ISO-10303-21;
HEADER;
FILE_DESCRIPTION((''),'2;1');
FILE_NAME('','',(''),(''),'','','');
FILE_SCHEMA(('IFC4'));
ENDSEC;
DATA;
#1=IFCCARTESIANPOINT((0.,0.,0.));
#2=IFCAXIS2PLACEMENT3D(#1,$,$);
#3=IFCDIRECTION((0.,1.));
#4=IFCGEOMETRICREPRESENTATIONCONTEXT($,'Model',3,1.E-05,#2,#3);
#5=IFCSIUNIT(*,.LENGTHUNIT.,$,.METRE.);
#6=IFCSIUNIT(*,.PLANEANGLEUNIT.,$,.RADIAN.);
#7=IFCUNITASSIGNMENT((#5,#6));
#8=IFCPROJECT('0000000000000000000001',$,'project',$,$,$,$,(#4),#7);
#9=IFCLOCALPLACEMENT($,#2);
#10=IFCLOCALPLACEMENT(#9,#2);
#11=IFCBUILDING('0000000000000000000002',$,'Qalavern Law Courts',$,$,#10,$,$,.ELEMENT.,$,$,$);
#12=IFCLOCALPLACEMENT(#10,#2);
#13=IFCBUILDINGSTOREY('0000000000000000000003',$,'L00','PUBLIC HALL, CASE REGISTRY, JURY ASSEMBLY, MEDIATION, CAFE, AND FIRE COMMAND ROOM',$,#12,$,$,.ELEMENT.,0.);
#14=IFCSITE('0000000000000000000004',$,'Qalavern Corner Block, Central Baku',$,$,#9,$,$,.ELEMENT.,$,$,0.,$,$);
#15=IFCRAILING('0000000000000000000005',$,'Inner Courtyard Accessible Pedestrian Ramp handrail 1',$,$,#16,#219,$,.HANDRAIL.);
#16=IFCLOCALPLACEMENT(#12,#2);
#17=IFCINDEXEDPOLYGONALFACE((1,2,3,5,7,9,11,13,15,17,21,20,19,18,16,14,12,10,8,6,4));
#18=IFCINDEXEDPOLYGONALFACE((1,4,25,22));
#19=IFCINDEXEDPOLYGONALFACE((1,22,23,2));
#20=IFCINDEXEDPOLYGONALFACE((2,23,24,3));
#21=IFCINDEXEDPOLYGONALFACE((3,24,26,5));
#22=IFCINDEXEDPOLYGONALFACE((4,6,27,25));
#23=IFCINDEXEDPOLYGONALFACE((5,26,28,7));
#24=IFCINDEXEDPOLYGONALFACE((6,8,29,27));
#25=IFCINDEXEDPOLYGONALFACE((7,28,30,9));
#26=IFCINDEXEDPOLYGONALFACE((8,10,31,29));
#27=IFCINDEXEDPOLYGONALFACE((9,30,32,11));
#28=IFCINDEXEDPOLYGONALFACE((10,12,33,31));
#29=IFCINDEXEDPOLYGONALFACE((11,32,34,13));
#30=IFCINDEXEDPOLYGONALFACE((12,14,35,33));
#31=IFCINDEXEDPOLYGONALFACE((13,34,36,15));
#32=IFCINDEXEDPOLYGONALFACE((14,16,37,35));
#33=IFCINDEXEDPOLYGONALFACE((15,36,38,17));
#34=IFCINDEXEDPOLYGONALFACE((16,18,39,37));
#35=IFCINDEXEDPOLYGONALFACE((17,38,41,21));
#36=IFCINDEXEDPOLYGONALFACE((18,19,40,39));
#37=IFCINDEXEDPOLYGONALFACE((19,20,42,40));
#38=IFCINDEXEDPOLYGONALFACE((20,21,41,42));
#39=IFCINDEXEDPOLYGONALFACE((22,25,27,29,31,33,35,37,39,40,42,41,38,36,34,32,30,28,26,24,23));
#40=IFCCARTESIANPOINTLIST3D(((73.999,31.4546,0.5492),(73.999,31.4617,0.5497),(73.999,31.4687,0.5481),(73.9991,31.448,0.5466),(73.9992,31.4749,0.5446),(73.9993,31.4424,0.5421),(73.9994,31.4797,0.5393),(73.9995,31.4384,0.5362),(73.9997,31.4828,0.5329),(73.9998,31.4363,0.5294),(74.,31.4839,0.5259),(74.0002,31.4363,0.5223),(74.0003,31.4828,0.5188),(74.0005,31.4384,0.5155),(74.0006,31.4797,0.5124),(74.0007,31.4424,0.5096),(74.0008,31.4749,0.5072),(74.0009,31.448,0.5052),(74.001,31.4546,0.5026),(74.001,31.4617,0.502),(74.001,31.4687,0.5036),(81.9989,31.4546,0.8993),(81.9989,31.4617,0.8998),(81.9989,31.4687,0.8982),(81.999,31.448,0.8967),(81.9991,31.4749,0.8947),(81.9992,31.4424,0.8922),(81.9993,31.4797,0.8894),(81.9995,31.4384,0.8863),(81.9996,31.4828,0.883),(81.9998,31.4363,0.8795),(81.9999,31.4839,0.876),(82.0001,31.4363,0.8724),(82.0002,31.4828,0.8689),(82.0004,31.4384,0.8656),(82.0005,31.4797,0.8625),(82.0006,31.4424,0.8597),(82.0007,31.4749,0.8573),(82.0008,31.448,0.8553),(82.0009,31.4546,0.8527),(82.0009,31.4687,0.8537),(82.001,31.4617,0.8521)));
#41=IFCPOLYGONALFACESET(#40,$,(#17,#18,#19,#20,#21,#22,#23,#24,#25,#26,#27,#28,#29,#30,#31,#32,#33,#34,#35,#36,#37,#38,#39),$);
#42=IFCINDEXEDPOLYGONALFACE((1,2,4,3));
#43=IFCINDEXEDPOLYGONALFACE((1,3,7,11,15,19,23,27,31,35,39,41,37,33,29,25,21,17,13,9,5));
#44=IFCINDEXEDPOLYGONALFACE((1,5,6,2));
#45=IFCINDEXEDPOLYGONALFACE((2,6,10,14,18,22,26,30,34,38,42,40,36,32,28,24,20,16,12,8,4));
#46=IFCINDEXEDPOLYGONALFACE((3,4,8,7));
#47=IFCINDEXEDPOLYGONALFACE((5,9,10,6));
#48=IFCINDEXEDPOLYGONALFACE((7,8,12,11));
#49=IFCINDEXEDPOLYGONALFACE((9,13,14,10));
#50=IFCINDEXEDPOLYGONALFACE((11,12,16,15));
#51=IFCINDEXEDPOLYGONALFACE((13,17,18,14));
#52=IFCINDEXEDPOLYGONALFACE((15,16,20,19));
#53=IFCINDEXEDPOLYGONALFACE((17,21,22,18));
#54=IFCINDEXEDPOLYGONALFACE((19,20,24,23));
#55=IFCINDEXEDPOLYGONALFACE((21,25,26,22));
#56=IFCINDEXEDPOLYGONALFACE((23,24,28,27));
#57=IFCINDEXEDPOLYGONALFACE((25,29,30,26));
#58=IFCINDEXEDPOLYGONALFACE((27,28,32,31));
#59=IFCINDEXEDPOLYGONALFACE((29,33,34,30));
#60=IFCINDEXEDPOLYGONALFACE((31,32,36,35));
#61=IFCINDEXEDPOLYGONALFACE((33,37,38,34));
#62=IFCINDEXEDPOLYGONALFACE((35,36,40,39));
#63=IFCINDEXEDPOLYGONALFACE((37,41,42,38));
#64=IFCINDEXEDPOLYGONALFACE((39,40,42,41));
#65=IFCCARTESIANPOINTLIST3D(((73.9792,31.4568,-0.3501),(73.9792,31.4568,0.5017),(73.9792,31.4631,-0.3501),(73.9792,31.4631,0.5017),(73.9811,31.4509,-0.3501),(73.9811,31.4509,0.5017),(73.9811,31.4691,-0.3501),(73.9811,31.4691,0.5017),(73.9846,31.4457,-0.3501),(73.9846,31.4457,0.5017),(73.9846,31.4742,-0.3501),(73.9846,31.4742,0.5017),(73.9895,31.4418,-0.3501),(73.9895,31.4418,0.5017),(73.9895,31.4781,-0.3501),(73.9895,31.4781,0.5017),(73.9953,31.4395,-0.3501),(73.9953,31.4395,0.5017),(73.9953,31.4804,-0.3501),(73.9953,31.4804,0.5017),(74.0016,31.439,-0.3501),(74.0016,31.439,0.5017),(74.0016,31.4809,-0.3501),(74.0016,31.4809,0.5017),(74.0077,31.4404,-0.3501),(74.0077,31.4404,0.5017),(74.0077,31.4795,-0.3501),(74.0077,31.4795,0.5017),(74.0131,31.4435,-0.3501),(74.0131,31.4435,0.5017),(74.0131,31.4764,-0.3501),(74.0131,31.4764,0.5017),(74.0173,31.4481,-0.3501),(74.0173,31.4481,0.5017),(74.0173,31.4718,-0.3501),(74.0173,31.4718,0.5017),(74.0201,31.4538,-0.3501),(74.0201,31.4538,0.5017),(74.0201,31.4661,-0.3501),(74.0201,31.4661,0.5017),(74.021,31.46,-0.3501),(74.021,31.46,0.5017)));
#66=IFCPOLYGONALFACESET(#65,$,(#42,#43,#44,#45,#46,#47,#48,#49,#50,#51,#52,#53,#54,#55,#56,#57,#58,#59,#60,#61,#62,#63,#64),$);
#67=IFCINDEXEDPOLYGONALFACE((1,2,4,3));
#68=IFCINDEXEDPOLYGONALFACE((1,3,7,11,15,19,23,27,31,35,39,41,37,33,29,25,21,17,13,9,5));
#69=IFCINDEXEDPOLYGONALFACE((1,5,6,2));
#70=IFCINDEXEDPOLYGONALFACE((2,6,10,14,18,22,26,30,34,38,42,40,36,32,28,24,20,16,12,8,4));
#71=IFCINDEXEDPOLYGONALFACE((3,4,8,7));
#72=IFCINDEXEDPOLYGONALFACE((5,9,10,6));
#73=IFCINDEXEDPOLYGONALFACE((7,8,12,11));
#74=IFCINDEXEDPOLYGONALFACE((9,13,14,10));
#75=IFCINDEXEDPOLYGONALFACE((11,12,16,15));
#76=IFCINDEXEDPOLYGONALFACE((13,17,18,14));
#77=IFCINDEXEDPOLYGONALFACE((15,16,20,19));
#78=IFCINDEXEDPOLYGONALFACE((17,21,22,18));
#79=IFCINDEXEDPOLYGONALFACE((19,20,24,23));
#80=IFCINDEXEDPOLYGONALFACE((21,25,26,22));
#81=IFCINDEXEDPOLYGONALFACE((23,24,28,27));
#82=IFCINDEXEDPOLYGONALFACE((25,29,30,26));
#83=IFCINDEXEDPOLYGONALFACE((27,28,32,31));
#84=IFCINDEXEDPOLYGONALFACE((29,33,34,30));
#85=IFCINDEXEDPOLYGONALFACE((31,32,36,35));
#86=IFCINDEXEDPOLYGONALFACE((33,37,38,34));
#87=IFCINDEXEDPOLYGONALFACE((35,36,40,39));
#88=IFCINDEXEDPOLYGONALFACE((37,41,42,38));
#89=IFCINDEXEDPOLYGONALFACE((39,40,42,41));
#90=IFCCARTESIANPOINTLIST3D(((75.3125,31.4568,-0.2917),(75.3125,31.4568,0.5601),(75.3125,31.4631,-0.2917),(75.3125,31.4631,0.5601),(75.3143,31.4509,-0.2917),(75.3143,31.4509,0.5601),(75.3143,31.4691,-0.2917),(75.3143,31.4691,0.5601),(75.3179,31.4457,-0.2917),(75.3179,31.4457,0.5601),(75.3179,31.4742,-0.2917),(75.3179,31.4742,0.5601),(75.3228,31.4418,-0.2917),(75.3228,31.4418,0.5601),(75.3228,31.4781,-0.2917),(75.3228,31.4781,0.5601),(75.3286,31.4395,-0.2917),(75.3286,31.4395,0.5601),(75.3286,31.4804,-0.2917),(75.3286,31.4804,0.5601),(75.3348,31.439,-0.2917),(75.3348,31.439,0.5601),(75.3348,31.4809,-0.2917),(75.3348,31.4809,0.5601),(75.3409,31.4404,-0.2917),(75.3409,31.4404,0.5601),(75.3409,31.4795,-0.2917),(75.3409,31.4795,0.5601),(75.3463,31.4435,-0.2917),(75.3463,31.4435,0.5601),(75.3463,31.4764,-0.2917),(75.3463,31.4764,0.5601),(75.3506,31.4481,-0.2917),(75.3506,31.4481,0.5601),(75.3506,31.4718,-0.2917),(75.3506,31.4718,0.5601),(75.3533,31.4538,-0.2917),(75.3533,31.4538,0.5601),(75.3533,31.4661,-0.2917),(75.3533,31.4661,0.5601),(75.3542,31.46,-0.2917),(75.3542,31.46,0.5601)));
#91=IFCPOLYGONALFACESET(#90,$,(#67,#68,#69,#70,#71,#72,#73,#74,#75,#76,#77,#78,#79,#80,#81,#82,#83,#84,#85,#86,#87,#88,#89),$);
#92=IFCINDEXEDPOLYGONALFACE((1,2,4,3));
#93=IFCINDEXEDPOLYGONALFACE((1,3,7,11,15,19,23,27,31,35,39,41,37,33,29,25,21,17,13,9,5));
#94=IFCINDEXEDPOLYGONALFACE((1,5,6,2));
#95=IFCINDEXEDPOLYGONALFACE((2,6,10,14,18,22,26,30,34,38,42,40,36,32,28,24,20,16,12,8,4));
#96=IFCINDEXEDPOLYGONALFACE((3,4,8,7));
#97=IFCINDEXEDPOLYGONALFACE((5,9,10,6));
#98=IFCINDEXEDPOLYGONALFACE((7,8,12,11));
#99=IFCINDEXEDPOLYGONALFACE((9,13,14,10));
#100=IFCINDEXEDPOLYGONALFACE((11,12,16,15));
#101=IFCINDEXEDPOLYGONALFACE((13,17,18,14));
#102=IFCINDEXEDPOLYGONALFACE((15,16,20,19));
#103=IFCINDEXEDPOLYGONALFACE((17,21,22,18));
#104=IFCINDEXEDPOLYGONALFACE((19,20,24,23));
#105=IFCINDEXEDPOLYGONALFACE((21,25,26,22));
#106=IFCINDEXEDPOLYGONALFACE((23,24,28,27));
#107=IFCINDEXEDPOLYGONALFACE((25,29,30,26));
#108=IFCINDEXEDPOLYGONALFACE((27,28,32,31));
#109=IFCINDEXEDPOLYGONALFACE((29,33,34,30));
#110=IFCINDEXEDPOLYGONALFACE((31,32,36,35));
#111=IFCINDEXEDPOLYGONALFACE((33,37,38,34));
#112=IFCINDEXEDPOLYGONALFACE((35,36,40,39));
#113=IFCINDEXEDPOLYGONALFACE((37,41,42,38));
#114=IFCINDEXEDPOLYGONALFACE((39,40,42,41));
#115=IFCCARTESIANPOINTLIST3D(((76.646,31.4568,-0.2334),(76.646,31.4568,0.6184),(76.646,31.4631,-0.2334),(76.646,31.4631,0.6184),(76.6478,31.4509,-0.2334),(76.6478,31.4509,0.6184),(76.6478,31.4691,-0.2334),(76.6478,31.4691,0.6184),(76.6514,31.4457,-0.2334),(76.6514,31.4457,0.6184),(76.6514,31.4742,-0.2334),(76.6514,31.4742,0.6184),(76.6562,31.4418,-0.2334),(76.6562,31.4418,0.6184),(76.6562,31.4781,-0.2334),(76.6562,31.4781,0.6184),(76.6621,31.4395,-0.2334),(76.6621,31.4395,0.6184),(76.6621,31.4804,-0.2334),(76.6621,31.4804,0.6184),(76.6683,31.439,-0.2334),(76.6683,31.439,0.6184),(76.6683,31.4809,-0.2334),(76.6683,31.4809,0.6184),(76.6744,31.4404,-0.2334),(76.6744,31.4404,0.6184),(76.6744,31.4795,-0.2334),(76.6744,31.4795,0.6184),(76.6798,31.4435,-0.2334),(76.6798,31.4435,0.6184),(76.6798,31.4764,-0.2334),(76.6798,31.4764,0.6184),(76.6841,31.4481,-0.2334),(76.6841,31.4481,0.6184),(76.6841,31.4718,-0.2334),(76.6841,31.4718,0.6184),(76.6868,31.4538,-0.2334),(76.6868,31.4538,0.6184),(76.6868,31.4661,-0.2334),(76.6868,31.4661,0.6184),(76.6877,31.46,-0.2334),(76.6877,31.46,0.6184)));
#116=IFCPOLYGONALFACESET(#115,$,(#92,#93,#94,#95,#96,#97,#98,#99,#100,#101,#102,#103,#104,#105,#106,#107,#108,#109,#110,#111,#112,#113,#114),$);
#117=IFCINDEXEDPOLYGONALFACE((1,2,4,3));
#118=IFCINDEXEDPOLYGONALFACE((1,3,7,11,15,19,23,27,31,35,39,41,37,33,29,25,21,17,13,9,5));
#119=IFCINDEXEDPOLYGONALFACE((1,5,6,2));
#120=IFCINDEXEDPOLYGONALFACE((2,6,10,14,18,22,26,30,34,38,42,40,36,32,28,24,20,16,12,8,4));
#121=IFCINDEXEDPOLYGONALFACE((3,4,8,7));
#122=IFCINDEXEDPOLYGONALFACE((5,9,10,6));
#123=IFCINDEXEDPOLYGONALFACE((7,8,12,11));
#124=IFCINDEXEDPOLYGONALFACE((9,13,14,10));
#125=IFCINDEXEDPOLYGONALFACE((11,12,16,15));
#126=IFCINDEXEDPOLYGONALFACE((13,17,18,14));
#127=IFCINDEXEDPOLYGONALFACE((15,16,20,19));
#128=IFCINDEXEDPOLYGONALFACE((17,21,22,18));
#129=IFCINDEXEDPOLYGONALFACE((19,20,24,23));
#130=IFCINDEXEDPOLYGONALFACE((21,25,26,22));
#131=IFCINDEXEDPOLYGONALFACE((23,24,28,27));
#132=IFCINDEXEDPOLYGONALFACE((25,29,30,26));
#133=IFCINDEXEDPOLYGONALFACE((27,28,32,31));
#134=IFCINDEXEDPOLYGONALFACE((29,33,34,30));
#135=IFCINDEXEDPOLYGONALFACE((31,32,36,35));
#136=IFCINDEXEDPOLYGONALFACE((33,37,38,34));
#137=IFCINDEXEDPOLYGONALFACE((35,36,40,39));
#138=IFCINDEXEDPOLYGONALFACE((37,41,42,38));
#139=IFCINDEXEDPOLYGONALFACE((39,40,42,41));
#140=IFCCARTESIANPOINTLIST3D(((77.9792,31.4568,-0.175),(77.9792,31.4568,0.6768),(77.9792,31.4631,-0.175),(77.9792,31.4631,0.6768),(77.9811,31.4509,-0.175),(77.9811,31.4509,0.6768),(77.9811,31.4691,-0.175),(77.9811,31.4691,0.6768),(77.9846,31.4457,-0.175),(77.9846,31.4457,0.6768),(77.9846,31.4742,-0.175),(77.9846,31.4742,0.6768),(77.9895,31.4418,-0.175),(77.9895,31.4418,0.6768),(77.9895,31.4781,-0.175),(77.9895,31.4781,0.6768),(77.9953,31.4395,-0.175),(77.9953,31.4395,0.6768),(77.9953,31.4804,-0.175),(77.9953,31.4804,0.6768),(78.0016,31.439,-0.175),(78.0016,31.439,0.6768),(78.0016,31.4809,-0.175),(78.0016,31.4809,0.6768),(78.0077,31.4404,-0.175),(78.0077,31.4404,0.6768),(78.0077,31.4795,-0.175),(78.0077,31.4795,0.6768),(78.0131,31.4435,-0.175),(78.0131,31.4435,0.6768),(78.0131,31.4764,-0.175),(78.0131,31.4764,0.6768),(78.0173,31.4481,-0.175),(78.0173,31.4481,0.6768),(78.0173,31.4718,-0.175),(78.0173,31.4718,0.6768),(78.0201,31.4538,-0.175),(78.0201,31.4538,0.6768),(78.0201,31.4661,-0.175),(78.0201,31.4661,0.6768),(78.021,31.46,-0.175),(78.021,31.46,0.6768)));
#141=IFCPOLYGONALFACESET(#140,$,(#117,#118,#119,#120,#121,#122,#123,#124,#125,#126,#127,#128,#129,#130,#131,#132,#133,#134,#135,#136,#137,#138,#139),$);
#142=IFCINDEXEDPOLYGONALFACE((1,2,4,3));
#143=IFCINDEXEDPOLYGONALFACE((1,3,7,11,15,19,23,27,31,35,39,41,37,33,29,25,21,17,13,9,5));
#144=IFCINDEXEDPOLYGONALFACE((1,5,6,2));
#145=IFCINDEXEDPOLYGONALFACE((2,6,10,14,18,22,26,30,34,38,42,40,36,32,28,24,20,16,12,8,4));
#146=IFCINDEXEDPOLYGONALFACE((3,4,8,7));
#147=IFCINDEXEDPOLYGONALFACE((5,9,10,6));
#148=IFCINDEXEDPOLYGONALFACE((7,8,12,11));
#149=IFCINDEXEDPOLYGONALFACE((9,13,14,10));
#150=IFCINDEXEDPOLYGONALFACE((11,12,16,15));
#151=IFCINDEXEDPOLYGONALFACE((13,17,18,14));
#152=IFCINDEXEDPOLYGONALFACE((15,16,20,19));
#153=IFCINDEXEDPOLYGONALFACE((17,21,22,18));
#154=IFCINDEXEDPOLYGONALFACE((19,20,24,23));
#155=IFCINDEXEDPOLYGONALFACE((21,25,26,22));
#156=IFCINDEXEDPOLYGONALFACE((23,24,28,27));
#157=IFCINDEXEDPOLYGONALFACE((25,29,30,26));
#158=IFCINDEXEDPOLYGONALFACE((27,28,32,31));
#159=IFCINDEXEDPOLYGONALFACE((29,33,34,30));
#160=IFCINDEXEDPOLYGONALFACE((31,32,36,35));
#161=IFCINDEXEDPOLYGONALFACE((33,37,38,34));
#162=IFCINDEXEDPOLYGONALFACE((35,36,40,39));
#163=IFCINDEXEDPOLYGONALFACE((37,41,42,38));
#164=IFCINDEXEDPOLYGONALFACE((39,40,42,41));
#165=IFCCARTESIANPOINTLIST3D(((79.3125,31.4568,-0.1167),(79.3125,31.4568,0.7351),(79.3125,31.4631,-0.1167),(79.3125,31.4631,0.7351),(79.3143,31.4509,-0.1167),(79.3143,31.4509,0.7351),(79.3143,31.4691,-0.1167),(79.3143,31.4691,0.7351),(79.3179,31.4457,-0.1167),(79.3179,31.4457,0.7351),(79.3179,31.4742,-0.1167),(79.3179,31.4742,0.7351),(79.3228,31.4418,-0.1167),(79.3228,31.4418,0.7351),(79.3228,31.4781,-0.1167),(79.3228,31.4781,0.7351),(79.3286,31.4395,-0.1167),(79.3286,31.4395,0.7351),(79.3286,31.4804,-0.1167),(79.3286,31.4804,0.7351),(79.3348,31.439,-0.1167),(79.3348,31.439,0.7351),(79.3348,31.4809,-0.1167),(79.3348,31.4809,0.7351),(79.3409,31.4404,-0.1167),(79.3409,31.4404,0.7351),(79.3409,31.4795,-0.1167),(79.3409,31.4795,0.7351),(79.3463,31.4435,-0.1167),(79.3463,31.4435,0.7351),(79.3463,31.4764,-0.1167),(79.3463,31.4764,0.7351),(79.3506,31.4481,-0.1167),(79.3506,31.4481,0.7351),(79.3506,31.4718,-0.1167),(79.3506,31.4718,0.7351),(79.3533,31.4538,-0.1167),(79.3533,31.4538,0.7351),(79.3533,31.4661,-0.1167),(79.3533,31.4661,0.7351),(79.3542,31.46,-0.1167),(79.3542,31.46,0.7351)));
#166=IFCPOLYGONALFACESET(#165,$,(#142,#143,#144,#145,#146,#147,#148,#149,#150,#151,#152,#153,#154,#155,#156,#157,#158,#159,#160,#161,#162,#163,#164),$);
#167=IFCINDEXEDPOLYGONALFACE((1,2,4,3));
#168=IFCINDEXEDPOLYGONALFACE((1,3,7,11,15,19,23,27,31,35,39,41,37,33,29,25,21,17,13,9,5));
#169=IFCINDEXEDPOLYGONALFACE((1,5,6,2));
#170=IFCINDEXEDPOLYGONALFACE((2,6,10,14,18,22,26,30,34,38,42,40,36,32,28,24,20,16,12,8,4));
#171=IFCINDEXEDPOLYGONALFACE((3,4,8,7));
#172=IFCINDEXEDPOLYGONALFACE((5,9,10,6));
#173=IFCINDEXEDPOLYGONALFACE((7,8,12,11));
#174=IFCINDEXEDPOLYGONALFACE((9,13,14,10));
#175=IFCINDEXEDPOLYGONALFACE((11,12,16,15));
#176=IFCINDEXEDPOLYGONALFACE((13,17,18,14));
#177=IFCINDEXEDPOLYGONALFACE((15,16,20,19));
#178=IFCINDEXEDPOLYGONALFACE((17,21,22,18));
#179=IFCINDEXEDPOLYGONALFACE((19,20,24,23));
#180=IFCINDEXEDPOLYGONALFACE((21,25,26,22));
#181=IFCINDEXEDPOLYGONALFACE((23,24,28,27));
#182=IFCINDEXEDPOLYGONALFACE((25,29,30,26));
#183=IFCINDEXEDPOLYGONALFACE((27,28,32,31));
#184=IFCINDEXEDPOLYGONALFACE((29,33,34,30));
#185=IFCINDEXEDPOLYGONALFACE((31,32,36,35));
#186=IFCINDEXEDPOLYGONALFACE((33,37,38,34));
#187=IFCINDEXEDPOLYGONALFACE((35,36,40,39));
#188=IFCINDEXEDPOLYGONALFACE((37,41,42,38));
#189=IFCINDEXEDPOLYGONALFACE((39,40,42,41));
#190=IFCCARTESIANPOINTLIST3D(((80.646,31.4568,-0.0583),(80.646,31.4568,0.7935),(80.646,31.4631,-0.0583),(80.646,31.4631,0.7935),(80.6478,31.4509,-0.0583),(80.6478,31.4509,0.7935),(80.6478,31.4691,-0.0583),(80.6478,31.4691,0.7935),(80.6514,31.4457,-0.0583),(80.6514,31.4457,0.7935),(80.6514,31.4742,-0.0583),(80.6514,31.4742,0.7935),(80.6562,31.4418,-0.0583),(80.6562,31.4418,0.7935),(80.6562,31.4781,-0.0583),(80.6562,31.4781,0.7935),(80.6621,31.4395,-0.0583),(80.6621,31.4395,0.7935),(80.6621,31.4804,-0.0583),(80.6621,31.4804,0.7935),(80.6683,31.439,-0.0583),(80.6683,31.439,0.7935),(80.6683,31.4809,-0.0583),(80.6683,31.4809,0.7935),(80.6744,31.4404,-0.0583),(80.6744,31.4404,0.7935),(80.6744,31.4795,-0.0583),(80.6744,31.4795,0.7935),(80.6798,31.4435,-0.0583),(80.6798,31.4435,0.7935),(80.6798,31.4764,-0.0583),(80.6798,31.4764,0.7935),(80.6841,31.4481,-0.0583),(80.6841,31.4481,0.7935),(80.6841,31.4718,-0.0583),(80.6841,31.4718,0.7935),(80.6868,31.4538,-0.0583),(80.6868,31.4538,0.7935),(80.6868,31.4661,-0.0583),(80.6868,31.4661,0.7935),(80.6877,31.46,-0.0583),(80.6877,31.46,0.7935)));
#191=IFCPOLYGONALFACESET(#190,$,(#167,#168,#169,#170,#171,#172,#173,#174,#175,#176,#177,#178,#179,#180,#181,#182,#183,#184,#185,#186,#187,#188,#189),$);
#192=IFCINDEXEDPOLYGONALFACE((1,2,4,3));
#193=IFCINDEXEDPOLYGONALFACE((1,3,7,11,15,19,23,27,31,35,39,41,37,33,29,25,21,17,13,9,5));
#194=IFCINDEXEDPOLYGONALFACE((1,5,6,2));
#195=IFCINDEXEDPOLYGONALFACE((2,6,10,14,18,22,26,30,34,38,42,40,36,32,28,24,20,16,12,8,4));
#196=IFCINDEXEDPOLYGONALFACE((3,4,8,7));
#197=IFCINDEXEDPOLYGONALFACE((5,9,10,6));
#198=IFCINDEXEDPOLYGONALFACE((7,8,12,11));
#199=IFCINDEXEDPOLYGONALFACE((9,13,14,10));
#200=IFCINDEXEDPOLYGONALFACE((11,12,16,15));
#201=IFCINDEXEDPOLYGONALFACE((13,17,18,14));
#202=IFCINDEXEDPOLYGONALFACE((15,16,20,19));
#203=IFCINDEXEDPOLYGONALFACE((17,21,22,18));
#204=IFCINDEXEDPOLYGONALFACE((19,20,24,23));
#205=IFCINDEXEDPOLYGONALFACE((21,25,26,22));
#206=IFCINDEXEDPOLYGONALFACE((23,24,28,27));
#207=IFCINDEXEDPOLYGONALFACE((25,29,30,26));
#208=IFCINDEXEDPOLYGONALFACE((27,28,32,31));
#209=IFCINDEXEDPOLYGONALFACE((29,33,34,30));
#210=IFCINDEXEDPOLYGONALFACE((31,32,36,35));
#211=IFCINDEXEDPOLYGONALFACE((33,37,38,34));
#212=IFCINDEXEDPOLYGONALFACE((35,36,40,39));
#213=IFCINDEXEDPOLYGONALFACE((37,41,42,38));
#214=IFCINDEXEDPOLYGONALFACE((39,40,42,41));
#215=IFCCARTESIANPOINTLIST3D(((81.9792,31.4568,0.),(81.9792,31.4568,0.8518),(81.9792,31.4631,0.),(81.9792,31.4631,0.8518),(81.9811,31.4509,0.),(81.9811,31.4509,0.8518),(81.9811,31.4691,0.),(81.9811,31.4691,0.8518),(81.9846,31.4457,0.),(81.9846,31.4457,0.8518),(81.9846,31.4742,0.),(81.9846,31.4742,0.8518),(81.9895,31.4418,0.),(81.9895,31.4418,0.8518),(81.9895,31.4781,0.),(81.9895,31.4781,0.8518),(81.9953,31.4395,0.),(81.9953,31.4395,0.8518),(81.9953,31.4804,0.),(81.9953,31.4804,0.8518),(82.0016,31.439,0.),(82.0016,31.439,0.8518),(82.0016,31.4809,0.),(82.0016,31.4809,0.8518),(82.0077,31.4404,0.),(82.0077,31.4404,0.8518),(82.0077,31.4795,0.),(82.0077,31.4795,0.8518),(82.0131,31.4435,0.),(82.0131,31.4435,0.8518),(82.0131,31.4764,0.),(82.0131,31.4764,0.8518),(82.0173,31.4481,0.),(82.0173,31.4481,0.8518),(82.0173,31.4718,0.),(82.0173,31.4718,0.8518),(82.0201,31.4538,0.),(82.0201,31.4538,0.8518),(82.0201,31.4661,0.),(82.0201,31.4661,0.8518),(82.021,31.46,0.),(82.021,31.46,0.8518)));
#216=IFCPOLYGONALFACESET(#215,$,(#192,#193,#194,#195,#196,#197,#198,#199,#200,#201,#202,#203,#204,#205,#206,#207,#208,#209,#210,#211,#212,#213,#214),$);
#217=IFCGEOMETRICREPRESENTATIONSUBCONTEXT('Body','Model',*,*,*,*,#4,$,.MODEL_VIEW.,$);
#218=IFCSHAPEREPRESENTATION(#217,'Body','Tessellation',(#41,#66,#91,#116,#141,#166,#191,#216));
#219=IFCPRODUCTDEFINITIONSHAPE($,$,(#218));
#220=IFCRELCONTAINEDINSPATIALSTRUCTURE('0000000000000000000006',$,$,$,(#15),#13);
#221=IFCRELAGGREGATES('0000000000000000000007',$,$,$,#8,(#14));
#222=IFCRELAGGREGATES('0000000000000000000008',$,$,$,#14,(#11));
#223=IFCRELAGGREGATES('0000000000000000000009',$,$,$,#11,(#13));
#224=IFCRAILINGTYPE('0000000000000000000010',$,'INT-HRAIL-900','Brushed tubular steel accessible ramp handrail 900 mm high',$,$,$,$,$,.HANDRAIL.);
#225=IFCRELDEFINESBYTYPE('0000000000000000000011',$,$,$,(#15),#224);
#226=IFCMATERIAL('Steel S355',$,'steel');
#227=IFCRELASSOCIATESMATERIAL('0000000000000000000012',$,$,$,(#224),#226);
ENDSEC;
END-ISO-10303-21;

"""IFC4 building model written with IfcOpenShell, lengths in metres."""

from ifc_helpers import new_model, si_unit, direction, frame, origin, origin_2d, place, context, subcontext, project, spatial, circle, extrude, material, type_object, element, save


model = new_model("IFC4")

# Units and contexts
model_context = context("Model", 3, precision=1e-05, world=origin(), true_north=direction((0.0, 1.0)))
body_context = subcontext(model_context, "Body", "Model", "MODEL_VIEW")
ifc_project = project(units=[si_unit("LENGTHUNIT", "METRE"), si_unit("PLANEANGLEUNIT", "RADIAN")], contexts=[model_context])

# Site, building, storey
site_placement = place(None, origin())
site = spatial("IfcSite", under=ifc_project, at=site_placement, Name="Qalavern Corner Block, Central Baku", CompositionType="ELEMENT", RefElevation=0.0)
building_placement = place(site_placement, origin())
building = spatial("IfcBuilding", under=site, at=building_placement, Name="Qalavern Law Courts", CompositionType="ELEMENT")
storey_placement = place(building_placement, origin())
storey = spatial("IfcBuildingStorey", under=building, at=storey_placement, Name="L00", Description="PUBLIC HALL, CASE REGISTRY, JURY ASSEMBLY, MEDIATION, CAFE, AND FIRE COMMAND ROOM", CompositionType="ELEMENT", Elevation=0.0)

# Railing
ifc_material_1 = material(Name="Steel S355", Category="steel")
railing_type = type_object("IfcRailingType", Name="INT-HRAIL-900", Description="Brushed tubular steel accessible ramp handrail 900 mm high", PredefinedType="HANDRAIL", material=ifc_material_1)
for number, where, name in (
    (1, (74.0, 31.46, -0.3501), "Inner Courtyard Accessible Pedestrian Ramp handrail 1"),
):
    element("IfcRailing", number, at=place(storey_placement, frame(where)), inside=storey, type_object=railing_type, Name=name, PredefinedType="HANDRAIL", context=body_context, shape_type="SweptSolid", body=[
        extrude(circle(Radius=0.0239, at=origin_2d()), frame((0.0, 0.0, 0.876), z_axis=(0.999044, 0.0, 0.04372), x_axis=(0.0, 1.0, 0.0)), (0.0, 0.0, 1.0), 8.0076),
        extrude(circle(Radius=0.021, at=origin_2d()), origin(), (0.0, 0.0, 1.0), 0.8518),
        extrude(circle(Radius=0.021, at=origin_2d()), frame((1.3333, 0.0, 0.0583)), (0.0, 0.0, 1.0), 0.8518),
        extrude(circle(Radius=0.021, at=origin_2d()), frame((2.6667, 0.0, 0.1167)), (0.0, 0.0, 1.0), 0.8518),
        extrude(circle(Radius=0.021, at=origin_2d()), frame((4.0, 0.0, 0.175)), (0.0, 0.0, 1.0), 0.8518),
        extrude(circle(Radius=0.021, at=origin_2d()), frame((5.3333, 0.0, 0.2334)), (0.0, 0.0, 1.0), 0.8518),
        extrude(circle(Radius=0.021, at=origin_2d()), frame((6.6667, 0.0, 0.2917)), (0.0, 0.0, 1.0), 0.8518),
        extrude(circle(Radius=0.021, at=origin_2d()), frame((8.0, 0.0, 0.3501)), (0.0, 0.0, 1.0), 0.8518),
    ])

save(model, "model.ifc")
